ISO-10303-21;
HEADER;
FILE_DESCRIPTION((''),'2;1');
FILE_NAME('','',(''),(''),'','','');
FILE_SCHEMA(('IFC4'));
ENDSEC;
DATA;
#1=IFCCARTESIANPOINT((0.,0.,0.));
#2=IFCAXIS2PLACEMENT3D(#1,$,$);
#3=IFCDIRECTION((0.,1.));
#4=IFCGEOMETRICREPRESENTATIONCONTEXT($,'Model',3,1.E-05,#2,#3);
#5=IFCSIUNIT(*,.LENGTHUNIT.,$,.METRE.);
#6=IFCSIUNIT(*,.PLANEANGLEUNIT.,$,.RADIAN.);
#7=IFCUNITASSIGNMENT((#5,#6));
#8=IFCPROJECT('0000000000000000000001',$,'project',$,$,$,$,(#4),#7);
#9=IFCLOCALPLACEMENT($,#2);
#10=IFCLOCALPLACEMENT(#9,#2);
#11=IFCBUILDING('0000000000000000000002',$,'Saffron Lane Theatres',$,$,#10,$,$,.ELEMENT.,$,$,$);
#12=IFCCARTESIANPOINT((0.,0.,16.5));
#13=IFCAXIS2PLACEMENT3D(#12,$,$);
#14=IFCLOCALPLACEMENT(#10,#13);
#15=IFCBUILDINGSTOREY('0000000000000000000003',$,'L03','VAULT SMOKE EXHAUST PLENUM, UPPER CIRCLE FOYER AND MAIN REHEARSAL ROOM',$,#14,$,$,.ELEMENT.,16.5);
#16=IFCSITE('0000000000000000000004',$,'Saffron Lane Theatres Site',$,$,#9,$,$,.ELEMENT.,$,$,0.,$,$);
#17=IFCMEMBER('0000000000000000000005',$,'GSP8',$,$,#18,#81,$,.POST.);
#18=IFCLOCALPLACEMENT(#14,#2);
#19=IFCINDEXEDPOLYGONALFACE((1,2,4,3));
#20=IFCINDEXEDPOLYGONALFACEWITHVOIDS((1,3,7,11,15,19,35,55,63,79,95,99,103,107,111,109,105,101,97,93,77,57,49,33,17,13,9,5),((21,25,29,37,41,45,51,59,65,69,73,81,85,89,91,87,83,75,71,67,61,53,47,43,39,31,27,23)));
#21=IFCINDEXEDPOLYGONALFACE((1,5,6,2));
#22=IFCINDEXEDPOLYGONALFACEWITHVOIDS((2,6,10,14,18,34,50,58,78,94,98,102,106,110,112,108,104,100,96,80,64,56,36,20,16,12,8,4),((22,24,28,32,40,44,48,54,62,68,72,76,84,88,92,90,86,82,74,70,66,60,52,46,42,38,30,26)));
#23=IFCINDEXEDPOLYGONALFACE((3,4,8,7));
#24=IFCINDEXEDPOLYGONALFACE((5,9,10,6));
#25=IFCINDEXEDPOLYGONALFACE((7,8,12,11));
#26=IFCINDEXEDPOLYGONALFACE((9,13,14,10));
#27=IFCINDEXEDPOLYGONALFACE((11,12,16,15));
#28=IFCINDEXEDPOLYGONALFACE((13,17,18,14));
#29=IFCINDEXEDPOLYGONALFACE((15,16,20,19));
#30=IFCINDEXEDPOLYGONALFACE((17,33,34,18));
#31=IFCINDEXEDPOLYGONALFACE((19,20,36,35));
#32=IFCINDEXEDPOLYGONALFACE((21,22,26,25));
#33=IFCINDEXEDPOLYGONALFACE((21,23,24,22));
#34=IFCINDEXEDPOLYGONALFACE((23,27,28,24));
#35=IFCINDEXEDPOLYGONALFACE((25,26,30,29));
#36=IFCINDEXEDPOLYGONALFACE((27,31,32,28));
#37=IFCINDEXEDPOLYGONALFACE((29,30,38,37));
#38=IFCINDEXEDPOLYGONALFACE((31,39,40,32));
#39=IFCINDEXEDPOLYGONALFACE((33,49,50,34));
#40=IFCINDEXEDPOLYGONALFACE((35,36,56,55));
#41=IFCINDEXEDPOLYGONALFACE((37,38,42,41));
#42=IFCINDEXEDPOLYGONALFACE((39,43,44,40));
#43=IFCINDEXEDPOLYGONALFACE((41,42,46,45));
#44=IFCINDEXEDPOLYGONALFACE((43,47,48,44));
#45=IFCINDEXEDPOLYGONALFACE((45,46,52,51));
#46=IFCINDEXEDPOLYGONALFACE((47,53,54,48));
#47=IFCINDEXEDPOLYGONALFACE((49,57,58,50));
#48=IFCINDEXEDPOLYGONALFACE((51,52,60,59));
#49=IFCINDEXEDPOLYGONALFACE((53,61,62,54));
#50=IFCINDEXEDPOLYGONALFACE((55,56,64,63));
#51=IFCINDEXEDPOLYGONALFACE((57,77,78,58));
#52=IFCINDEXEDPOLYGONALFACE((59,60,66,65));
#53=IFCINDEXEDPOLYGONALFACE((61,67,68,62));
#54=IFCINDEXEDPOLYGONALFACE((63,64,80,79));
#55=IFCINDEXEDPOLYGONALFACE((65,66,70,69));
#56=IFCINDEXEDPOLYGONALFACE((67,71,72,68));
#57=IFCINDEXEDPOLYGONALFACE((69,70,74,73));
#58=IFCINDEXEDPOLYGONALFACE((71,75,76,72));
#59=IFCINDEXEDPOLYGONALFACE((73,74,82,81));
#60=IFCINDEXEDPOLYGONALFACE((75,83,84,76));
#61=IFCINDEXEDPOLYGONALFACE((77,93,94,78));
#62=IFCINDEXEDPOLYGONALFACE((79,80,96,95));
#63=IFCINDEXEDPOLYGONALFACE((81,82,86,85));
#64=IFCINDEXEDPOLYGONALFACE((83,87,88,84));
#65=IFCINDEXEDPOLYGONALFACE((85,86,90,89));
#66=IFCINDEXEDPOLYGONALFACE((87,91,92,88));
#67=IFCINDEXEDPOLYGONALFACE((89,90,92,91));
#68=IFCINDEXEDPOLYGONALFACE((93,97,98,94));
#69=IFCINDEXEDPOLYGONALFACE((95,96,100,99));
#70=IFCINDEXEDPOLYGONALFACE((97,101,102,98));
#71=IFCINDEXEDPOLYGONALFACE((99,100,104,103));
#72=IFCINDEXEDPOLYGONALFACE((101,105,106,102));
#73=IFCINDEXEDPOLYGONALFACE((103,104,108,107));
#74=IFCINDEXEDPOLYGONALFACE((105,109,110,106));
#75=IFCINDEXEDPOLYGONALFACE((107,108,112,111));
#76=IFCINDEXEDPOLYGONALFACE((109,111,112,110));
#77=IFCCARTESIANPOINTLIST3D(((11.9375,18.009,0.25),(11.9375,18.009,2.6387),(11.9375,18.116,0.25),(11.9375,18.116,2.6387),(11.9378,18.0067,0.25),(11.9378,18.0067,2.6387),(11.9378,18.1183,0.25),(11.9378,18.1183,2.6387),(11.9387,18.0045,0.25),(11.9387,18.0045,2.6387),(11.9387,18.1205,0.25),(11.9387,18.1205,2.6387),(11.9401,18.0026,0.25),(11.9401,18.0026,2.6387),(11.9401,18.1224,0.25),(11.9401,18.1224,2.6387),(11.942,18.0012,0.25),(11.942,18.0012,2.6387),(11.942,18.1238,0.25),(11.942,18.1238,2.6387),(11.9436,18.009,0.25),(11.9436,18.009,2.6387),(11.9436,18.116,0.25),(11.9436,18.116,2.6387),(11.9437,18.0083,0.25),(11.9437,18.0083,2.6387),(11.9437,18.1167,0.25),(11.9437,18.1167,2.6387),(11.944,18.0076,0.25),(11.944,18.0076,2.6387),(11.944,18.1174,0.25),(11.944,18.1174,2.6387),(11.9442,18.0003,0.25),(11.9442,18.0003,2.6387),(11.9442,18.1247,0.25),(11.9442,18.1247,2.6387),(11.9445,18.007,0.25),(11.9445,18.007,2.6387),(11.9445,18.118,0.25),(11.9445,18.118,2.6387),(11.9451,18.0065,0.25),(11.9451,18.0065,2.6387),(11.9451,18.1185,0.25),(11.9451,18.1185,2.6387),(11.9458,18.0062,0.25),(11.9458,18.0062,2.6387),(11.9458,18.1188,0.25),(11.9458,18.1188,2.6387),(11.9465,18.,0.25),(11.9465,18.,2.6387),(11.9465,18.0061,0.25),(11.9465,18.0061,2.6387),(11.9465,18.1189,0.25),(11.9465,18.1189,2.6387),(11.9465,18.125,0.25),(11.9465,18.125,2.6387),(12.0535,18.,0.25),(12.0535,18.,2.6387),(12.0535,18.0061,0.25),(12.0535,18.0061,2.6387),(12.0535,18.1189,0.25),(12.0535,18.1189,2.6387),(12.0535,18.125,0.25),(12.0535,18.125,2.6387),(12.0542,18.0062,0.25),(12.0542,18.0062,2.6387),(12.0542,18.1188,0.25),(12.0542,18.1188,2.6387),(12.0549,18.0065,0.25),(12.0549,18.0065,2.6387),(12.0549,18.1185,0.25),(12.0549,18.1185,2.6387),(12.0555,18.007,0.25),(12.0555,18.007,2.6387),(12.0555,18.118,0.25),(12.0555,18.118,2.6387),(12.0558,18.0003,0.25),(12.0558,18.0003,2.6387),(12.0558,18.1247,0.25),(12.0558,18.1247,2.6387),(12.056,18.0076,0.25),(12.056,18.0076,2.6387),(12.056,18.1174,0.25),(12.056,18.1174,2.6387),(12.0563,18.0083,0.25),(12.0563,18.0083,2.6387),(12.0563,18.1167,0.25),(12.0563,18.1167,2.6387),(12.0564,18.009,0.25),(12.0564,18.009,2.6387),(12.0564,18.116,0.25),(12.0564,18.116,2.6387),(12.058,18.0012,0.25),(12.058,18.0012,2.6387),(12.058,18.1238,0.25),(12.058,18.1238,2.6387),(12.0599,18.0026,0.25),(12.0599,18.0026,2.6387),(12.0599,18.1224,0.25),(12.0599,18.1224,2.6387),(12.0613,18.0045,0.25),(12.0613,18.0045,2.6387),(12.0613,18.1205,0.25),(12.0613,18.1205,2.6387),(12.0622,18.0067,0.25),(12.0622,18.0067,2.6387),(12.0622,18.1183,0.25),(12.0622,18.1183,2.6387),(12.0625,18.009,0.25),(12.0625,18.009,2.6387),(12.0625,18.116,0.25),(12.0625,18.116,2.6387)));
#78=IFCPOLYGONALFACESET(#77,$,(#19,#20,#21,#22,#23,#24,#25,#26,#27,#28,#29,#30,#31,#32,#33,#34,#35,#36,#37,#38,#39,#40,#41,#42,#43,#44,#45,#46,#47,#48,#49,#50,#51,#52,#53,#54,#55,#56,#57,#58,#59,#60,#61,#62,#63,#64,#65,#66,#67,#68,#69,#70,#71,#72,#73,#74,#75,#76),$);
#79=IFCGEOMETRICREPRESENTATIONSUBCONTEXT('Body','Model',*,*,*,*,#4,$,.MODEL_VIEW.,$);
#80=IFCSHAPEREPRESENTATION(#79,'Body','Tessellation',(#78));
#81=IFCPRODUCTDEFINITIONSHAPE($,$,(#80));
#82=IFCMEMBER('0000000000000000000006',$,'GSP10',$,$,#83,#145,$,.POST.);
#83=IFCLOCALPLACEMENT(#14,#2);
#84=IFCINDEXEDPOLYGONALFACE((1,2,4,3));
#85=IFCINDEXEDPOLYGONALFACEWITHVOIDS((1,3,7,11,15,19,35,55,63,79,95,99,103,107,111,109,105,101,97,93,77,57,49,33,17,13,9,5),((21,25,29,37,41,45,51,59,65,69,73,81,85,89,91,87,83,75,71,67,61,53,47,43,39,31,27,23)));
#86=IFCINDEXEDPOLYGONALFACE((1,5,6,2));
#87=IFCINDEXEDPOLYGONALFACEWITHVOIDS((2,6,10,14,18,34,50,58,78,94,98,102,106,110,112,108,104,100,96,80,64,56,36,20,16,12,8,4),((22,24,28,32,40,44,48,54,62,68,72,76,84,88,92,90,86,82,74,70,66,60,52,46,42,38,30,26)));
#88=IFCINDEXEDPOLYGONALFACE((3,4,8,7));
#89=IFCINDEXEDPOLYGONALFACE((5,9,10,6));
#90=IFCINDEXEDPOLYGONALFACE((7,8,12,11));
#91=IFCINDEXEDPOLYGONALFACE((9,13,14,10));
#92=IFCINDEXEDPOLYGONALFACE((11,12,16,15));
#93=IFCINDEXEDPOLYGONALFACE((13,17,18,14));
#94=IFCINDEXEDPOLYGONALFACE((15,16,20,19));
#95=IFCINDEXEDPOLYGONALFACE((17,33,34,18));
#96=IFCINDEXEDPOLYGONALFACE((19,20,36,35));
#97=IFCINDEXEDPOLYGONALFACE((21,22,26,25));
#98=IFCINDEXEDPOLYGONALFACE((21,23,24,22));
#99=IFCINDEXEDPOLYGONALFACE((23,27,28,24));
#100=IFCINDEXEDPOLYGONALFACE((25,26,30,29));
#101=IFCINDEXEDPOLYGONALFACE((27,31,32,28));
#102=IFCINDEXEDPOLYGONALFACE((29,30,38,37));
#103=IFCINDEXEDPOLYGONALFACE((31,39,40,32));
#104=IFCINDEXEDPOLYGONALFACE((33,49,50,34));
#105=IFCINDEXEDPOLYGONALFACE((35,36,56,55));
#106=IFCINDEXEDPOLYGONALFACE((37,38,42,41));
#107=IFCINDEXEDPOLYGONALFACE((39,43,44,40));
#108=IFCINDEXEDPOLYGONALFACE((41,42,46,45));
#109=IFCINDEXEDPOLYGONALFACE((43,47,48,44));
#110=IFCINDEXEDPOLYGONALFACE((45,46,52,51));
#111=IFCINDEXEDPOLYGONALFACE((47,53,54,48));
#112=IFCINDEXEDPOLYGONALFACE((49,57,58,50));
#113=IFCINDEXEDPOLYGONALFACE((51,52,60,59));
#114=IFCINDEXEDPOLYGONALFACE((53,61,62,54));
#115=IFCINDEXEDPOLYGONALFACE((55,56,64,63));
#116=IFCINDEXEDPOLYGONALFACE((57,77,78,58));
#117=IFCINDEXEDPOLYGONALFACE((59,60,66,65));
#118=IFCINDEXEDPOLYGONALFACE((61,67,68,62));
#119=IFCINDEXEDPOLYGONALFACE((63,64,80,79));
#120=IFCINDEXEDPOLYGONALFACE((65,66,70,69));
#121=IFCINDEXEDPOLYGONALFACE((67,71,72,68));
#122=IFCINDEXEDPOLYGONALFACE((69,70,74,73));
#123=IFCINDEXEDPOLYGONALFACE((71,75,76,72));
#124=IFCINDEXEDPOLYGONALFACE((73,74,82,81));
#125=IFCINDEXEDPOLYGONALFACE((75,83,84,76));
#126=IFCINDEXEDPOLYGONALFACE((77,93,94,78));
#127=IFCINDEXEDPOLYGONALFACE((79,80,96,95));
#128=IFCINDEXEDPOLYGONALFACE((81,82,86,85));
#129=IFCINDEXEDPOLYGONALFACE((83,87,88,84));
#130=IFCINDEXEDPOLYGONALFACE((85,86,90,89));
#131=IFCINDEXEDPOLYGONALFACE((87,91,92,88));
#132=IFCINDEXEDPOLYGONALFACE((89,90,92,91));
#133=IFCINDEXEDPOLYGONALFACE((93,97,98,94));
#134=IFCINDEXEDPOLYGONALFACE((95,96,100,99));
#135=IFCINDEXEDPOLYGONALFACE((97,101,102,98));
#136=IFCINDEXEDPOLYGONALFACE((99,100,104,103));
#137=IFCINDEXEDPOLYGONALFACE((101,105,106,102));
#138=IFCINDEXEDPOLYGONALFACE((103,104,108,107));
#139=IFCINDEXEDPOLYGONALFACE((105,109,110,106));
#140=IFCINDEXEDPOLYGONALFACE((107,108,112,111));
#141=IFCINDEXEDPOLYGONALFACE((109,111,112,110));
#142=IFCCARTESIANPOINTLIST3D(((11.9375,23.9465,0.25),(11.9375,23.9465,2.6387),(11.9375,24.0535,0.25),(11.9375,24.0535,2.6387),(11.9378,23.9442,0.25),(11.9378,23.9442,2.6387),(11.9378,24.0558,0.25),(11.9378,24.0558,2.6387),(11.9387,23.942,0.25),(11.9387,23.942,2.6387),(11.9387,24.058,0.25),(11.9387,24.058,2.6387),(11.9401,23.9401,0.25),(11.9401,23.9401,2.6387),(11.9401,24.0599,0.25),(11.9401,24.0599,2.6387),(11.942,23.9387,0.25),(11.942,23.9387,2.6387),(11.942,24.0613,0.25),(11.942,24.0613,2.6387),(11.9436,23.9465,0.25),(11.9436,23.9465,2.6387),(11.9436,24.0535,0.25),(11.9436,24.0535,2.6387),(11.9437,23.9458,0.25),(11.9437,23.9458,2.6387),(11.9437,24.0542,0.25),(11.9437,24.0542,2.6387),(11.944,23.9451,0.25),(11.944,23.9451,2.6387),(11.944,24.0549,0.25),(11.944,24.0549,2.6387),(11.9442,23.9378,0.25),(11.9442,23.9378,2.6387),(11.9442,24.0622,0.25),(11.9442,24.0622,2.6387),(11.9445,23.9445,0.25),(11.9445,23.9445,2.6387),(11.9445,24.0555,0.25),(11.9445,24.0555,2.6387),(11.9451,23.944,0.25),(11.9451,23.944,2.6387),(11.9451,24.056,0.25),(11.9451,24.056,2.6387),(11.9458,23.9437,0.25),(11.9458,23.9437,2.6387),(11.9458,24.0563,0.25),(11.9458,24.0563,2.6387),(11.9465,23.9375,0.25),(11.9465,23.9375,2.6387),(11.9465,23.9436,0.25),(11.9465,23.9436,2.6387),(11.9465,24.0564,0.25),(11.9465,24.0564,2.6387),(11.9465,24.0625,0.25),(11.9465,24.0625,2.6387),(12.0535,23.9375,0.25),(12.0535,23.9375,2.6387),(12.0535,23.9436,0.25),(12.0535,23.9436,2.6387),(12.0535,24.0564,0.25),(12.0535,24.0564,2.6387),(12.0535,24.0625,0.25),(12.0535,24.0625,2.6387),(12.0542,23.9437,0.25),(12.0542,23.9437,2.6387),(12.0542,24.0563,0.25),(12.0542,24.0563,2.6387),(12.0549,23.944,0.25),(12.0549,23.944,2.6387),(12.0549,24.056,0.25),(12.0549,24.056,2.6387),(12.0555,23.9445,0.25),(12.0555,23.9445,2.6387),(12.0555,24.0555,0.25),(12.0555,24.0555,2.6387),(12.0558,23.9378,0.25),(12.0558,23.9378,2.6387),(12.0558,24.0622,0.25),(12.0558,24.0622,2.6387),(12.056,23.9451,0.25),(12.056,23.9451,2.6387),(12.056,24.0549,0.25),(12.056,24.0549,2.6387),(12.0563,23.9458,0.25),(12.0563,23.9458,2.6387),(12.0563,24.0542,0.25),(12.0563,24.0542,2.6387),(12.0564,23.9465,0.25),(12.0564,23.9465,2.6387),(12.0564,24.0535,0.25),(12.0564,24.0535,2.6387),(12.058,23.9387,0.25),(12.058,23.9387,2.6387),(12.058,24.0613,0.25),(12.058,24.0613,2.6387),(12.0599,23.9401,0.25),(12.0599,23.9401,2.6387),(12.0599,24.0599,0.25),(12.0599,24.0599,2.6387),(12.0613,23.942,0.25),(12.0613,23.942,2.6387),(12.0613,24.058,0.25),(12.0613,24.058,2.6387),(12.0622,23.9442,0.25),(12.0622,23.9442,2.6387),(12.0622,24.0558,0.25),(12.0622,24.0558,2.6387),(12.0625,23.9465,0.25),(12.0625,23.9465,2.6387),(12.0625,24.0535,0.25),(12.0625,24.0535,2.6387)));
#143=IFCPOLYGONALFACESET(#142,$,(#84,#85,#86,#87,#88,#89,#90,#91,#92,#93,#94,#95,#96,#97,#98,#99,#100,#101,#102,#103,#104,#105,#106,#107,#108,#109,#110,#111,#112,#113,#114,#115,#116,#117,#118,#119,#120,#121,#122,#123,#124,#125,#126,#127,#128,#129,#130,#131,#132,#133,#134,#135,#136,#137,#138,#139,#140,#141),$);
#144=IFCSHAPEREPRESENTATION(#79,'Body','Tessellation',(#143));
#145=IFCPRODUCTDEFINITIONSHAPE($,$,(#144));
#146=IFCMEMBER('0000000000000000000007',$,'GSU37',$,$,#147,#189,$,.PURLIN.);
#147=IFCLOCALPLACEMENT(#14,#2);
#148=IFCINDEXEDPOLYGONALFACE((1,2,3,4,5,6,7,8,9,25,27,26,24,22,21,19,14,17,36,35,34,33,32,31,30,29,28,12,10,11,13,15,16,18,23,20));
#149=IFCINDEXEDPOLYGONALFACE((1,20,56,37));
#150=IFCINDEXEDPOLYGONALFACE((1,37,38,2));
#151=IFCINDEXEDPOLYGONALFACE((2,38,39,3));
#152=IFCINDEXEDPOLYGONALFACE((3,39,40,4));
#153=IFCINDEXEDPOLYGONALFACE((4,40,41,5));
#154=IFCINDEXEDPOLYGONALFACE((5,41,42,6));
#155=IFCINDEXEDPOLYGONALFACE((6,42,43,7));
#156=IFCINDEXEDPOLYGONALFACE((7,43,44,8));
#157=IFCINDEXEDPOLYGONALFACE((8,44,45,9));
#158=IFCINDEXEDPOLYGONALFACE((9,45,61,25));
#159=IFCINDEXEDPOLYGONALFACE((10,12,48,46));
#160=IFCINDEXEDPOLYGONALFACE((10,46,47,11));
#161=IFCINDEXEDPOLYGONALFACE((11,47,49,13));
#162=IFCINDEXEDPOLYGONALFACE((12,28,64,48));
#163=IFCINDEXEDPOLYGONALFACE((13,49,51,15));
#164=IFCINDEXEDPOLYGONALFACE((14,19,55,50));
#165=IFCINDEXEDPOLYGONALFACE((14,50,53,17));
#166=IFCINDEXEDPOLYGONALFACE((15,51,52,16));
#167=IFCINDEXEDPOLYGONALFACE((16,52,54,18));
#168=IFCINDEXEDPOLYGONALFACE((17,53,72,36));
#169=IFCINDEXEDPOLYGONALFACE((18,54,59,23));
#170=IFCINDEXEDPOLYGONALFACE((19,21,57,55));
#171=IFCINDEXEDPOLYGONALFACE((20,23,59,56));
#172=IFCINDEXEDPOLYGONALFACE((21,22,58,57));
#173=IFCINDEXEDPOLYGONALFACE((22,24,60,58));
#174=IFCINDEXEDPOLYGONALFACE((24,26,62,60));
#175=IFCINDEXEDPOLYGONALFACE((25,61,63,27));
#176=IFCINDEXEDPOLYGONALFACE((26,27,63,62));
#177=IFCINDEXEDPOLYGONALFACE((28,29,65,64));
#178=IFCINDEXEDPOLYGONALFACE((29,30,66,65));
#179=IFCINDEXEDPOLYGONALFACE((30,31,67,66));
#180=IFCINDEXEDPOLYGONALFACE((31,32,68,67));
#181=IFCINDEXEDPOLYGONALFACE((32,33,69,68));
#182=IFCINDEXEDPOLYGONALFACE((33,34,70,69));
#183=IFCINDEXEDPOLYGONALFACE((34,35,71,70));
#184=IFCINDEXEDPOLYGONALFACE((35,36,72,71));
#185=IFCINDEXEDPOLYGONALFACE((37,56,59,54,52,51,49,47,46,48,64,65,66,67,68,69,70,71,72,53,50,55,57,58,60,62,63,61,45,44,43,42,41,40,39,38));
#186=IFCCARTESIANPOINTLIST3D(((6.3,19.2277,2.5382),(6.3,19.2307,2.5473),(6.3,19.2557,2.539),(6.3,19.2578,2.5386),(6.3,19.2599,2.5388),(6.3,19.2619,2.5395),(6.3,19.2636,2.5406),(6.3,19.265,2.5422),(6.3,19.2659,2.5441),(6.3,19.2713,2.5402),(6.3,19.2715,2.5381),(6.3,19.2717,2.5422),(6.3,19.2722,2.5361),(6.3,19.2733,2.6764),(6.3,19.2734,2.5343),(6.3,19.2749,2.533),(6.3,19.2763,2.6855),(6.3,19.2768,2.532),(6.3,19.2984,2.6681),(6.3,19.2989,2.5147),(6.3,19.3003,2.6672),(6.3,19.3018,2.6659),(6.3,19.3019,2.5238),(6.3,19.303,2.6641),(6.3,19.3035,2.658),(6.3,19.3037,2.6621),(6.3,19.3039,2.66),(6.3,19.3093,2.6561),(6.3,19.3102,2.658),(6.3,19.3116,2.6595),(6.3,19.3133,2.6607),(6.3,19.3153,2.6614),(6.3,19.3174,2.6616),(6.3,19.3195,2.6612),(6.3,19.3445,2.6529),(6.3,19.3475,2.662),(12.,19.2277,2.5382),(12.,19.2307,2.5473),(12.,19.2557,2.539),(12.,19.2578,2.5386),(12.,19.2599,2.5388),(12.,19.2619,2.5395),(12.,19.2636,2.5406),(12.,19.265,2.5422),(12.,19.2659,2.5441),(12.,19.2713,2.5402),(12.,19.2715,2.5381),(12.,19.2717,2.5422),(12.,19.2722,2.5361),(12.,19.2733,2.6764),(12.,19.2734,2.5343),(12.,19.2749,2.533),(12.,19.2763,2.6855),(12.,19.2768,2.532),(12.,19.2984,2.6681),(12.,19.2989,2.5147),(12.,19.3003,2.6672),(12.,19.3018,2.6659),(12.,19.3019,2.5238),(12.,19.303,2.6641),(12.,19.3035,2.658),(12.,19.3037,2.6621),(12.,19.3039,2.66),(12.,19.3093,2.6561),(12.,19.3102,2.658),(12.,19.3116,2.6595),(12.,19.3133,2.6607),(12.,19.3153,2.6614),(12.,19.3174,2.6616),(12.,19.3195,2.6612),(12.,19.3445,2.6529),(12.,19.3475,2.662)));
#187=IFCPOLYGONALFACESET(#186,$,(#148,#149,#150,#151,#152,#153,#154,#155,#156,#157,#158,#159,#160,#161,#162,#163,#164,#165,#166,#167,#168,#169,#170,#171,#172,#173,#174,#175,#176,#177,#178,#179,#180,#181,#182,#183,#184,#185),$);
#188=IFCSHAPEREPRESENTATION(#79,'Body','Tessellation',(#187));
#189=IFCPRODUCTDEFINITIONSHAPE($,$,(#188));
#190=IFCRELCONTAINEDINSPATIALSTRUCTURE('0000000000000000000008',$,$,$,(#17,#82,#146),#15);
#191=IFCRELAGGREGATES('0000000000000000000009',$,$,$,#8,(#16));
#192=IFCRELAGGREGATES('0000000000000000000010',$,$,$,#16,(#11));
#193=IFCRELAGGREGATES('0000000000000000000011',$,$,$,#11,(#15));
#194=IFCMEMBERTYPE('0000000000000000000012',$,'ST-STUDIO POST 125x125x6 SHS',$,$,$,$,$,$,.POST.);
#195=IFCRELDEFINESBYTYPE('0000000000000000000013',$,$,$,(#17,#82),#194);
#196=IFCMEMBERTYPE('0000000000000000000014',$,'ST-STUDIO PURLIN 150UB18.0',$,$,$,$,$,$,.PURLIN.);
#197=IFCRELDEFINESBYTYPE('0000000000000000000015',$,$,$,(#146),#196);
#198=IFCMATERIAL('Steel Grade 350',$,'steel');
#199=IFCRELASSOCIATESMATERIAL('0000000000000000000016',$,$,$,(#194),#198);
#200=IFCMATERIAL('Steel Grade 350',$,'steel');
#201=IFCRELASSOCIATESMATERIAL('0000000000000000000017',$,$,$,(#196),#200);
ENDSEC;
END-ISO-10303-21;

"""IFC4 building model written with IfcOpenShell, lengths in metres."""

from ifc_helpers import new_model, si_unit, direction, frame, origin, origin_2d, place, context, subcontext, project, spatial, hollow_rectangle, i_section, extrude, material, material_profile, profile_set, type_object, element, save


model = new_model("IFC4")

# Units and contexts
model_context = context("Model", 3, precision=1e-05, world=origin(), true_north=direction((0.0, 1.0)))
body_context = subcontext(model_context, "Body", "Model", "MODEL_VIEW")
ifc_project = project(units=[si_unit("LENGTHUNIT", "METRE"), si_unit("PLANEANGLEUNIT", "RADIAN")], contexts=[model_context])

# Site, building, storey
site_placement = place(None, origin())
site = spatial("IfcSite", under=ifc_project, at=site_placement, Name="Saffron Lane Theatres Site", CompositionType="ELEMENT", RefElevation=0.0)
building_placement = place(site_placement, origin())
building = spatial("IfcBuilding", under=site, at=building_placement, Name="Saffron Lane Theatres", CompositionType="ELEMENT")
storey_placement = place(building_placement, frame((0.0, 0.0, 16.5)))
storey = spatial("IfcBuildingStorey", under=building, at=storey_placement, Name="L03", Description="VAULT SMOKE EXHAUST PLENUM, UPPER CIRCLE FOYER AND MAIN REHEARSAL ROOM", CompositionType="ELEMENT", Elevation=16.5)

# Members
ifc_material_1 = material(Name="Steel Grade 350", Category="steel")
ifc_material_profile_1 = material_profile(ifc_material_1, hollow_rectangle(XDim=0.125, YDim=0.125, WallThickness=0.0061, InnerFilletRadius=0.0029, OuterFilletRadius=0.009, at=origin_2d()))
ifc_profile_set_1 = profile_set([ifc_material_profile_1], Name="Steel Grade 350")
member_type_1 = type_object("IfcMemberType", Name="ST-STUDIO POST 125x125x6 SHS", PredefinedType="POST", material=ifc_profile_set_1)
for number, where, z_axis, x_axis, name in (
    (1, (12.0, 18.0625, 0.25), (0.0, 0.0, 1.0), (1.0, 0.0, 0.0), "GSP8"),
    (2, (12.0, 24.0, 0.25), (0.0, 0.0, 1.0), (1.0, 0.0, 0.0), "GSP10"),
):
    element("IfcMember", number, at=place(storey_placement, frame(where, z_axis=z_axis, x_axis=x_axis)), inside=storey, type_object=member_type_1, Name=name, PredefinedType="POST", context=body_context, shape_type="SweptSolid", body=[
        extrude(hollow_rectangle(XDim=0.125, YDim=0.125, WallThickness=0.0061, InnerFilletRadius=0.0029, OuterFilletRadius=0.009, at=origin_2d()), origin(), (0.0, 0.0, 1.0), 2.3887),
    ])
ifc_material_2 = material(Name="Steel Grade 350", Category="steel")
ifc_material_profile_2 = material_profile(ifc_material_2, i_section(OverallWidth=0.075, OverallDepth=0.155, WebThickness=0.0061, FlangeThickness=0.0095, FilletRadius=0.0081, at=origin_2d()))
ifc_profile_set_2 = profile_set([ifc_material_profile_2], Name="Steel Grade 350")
member_type_2 = type_object("IfcMemberType", Name="ST-STUDIO PURLIN 150UB18.0", PredefinedType="PURLIN", material=ifc_profile_set_2)
member_1_placement = place(storey_placement, frame((6.3, 19.2876, 2.6001), z_axis=(1.0, 0.0, 0.0), x_axis=(0.0, 0.949629, -0.313377)))
element("IfcMember", 3, at=member_1_placement, inside=storey, type_object=member_type_2, Name="GSU37", PredefinedType="PURLIN", context=body_context, shape_type="SweptSolid", body=[
    extrude(i_section(OverallWidth=0.075, OverallDepth=0.155, WebThickness=0.0061, FlangeThickness=0.0095, FilletRadius=0.0081, at=origin_2d()), origin(), (0.0, 0.0, 1.0), 5.7),
])

save(model, "model.ifc")
